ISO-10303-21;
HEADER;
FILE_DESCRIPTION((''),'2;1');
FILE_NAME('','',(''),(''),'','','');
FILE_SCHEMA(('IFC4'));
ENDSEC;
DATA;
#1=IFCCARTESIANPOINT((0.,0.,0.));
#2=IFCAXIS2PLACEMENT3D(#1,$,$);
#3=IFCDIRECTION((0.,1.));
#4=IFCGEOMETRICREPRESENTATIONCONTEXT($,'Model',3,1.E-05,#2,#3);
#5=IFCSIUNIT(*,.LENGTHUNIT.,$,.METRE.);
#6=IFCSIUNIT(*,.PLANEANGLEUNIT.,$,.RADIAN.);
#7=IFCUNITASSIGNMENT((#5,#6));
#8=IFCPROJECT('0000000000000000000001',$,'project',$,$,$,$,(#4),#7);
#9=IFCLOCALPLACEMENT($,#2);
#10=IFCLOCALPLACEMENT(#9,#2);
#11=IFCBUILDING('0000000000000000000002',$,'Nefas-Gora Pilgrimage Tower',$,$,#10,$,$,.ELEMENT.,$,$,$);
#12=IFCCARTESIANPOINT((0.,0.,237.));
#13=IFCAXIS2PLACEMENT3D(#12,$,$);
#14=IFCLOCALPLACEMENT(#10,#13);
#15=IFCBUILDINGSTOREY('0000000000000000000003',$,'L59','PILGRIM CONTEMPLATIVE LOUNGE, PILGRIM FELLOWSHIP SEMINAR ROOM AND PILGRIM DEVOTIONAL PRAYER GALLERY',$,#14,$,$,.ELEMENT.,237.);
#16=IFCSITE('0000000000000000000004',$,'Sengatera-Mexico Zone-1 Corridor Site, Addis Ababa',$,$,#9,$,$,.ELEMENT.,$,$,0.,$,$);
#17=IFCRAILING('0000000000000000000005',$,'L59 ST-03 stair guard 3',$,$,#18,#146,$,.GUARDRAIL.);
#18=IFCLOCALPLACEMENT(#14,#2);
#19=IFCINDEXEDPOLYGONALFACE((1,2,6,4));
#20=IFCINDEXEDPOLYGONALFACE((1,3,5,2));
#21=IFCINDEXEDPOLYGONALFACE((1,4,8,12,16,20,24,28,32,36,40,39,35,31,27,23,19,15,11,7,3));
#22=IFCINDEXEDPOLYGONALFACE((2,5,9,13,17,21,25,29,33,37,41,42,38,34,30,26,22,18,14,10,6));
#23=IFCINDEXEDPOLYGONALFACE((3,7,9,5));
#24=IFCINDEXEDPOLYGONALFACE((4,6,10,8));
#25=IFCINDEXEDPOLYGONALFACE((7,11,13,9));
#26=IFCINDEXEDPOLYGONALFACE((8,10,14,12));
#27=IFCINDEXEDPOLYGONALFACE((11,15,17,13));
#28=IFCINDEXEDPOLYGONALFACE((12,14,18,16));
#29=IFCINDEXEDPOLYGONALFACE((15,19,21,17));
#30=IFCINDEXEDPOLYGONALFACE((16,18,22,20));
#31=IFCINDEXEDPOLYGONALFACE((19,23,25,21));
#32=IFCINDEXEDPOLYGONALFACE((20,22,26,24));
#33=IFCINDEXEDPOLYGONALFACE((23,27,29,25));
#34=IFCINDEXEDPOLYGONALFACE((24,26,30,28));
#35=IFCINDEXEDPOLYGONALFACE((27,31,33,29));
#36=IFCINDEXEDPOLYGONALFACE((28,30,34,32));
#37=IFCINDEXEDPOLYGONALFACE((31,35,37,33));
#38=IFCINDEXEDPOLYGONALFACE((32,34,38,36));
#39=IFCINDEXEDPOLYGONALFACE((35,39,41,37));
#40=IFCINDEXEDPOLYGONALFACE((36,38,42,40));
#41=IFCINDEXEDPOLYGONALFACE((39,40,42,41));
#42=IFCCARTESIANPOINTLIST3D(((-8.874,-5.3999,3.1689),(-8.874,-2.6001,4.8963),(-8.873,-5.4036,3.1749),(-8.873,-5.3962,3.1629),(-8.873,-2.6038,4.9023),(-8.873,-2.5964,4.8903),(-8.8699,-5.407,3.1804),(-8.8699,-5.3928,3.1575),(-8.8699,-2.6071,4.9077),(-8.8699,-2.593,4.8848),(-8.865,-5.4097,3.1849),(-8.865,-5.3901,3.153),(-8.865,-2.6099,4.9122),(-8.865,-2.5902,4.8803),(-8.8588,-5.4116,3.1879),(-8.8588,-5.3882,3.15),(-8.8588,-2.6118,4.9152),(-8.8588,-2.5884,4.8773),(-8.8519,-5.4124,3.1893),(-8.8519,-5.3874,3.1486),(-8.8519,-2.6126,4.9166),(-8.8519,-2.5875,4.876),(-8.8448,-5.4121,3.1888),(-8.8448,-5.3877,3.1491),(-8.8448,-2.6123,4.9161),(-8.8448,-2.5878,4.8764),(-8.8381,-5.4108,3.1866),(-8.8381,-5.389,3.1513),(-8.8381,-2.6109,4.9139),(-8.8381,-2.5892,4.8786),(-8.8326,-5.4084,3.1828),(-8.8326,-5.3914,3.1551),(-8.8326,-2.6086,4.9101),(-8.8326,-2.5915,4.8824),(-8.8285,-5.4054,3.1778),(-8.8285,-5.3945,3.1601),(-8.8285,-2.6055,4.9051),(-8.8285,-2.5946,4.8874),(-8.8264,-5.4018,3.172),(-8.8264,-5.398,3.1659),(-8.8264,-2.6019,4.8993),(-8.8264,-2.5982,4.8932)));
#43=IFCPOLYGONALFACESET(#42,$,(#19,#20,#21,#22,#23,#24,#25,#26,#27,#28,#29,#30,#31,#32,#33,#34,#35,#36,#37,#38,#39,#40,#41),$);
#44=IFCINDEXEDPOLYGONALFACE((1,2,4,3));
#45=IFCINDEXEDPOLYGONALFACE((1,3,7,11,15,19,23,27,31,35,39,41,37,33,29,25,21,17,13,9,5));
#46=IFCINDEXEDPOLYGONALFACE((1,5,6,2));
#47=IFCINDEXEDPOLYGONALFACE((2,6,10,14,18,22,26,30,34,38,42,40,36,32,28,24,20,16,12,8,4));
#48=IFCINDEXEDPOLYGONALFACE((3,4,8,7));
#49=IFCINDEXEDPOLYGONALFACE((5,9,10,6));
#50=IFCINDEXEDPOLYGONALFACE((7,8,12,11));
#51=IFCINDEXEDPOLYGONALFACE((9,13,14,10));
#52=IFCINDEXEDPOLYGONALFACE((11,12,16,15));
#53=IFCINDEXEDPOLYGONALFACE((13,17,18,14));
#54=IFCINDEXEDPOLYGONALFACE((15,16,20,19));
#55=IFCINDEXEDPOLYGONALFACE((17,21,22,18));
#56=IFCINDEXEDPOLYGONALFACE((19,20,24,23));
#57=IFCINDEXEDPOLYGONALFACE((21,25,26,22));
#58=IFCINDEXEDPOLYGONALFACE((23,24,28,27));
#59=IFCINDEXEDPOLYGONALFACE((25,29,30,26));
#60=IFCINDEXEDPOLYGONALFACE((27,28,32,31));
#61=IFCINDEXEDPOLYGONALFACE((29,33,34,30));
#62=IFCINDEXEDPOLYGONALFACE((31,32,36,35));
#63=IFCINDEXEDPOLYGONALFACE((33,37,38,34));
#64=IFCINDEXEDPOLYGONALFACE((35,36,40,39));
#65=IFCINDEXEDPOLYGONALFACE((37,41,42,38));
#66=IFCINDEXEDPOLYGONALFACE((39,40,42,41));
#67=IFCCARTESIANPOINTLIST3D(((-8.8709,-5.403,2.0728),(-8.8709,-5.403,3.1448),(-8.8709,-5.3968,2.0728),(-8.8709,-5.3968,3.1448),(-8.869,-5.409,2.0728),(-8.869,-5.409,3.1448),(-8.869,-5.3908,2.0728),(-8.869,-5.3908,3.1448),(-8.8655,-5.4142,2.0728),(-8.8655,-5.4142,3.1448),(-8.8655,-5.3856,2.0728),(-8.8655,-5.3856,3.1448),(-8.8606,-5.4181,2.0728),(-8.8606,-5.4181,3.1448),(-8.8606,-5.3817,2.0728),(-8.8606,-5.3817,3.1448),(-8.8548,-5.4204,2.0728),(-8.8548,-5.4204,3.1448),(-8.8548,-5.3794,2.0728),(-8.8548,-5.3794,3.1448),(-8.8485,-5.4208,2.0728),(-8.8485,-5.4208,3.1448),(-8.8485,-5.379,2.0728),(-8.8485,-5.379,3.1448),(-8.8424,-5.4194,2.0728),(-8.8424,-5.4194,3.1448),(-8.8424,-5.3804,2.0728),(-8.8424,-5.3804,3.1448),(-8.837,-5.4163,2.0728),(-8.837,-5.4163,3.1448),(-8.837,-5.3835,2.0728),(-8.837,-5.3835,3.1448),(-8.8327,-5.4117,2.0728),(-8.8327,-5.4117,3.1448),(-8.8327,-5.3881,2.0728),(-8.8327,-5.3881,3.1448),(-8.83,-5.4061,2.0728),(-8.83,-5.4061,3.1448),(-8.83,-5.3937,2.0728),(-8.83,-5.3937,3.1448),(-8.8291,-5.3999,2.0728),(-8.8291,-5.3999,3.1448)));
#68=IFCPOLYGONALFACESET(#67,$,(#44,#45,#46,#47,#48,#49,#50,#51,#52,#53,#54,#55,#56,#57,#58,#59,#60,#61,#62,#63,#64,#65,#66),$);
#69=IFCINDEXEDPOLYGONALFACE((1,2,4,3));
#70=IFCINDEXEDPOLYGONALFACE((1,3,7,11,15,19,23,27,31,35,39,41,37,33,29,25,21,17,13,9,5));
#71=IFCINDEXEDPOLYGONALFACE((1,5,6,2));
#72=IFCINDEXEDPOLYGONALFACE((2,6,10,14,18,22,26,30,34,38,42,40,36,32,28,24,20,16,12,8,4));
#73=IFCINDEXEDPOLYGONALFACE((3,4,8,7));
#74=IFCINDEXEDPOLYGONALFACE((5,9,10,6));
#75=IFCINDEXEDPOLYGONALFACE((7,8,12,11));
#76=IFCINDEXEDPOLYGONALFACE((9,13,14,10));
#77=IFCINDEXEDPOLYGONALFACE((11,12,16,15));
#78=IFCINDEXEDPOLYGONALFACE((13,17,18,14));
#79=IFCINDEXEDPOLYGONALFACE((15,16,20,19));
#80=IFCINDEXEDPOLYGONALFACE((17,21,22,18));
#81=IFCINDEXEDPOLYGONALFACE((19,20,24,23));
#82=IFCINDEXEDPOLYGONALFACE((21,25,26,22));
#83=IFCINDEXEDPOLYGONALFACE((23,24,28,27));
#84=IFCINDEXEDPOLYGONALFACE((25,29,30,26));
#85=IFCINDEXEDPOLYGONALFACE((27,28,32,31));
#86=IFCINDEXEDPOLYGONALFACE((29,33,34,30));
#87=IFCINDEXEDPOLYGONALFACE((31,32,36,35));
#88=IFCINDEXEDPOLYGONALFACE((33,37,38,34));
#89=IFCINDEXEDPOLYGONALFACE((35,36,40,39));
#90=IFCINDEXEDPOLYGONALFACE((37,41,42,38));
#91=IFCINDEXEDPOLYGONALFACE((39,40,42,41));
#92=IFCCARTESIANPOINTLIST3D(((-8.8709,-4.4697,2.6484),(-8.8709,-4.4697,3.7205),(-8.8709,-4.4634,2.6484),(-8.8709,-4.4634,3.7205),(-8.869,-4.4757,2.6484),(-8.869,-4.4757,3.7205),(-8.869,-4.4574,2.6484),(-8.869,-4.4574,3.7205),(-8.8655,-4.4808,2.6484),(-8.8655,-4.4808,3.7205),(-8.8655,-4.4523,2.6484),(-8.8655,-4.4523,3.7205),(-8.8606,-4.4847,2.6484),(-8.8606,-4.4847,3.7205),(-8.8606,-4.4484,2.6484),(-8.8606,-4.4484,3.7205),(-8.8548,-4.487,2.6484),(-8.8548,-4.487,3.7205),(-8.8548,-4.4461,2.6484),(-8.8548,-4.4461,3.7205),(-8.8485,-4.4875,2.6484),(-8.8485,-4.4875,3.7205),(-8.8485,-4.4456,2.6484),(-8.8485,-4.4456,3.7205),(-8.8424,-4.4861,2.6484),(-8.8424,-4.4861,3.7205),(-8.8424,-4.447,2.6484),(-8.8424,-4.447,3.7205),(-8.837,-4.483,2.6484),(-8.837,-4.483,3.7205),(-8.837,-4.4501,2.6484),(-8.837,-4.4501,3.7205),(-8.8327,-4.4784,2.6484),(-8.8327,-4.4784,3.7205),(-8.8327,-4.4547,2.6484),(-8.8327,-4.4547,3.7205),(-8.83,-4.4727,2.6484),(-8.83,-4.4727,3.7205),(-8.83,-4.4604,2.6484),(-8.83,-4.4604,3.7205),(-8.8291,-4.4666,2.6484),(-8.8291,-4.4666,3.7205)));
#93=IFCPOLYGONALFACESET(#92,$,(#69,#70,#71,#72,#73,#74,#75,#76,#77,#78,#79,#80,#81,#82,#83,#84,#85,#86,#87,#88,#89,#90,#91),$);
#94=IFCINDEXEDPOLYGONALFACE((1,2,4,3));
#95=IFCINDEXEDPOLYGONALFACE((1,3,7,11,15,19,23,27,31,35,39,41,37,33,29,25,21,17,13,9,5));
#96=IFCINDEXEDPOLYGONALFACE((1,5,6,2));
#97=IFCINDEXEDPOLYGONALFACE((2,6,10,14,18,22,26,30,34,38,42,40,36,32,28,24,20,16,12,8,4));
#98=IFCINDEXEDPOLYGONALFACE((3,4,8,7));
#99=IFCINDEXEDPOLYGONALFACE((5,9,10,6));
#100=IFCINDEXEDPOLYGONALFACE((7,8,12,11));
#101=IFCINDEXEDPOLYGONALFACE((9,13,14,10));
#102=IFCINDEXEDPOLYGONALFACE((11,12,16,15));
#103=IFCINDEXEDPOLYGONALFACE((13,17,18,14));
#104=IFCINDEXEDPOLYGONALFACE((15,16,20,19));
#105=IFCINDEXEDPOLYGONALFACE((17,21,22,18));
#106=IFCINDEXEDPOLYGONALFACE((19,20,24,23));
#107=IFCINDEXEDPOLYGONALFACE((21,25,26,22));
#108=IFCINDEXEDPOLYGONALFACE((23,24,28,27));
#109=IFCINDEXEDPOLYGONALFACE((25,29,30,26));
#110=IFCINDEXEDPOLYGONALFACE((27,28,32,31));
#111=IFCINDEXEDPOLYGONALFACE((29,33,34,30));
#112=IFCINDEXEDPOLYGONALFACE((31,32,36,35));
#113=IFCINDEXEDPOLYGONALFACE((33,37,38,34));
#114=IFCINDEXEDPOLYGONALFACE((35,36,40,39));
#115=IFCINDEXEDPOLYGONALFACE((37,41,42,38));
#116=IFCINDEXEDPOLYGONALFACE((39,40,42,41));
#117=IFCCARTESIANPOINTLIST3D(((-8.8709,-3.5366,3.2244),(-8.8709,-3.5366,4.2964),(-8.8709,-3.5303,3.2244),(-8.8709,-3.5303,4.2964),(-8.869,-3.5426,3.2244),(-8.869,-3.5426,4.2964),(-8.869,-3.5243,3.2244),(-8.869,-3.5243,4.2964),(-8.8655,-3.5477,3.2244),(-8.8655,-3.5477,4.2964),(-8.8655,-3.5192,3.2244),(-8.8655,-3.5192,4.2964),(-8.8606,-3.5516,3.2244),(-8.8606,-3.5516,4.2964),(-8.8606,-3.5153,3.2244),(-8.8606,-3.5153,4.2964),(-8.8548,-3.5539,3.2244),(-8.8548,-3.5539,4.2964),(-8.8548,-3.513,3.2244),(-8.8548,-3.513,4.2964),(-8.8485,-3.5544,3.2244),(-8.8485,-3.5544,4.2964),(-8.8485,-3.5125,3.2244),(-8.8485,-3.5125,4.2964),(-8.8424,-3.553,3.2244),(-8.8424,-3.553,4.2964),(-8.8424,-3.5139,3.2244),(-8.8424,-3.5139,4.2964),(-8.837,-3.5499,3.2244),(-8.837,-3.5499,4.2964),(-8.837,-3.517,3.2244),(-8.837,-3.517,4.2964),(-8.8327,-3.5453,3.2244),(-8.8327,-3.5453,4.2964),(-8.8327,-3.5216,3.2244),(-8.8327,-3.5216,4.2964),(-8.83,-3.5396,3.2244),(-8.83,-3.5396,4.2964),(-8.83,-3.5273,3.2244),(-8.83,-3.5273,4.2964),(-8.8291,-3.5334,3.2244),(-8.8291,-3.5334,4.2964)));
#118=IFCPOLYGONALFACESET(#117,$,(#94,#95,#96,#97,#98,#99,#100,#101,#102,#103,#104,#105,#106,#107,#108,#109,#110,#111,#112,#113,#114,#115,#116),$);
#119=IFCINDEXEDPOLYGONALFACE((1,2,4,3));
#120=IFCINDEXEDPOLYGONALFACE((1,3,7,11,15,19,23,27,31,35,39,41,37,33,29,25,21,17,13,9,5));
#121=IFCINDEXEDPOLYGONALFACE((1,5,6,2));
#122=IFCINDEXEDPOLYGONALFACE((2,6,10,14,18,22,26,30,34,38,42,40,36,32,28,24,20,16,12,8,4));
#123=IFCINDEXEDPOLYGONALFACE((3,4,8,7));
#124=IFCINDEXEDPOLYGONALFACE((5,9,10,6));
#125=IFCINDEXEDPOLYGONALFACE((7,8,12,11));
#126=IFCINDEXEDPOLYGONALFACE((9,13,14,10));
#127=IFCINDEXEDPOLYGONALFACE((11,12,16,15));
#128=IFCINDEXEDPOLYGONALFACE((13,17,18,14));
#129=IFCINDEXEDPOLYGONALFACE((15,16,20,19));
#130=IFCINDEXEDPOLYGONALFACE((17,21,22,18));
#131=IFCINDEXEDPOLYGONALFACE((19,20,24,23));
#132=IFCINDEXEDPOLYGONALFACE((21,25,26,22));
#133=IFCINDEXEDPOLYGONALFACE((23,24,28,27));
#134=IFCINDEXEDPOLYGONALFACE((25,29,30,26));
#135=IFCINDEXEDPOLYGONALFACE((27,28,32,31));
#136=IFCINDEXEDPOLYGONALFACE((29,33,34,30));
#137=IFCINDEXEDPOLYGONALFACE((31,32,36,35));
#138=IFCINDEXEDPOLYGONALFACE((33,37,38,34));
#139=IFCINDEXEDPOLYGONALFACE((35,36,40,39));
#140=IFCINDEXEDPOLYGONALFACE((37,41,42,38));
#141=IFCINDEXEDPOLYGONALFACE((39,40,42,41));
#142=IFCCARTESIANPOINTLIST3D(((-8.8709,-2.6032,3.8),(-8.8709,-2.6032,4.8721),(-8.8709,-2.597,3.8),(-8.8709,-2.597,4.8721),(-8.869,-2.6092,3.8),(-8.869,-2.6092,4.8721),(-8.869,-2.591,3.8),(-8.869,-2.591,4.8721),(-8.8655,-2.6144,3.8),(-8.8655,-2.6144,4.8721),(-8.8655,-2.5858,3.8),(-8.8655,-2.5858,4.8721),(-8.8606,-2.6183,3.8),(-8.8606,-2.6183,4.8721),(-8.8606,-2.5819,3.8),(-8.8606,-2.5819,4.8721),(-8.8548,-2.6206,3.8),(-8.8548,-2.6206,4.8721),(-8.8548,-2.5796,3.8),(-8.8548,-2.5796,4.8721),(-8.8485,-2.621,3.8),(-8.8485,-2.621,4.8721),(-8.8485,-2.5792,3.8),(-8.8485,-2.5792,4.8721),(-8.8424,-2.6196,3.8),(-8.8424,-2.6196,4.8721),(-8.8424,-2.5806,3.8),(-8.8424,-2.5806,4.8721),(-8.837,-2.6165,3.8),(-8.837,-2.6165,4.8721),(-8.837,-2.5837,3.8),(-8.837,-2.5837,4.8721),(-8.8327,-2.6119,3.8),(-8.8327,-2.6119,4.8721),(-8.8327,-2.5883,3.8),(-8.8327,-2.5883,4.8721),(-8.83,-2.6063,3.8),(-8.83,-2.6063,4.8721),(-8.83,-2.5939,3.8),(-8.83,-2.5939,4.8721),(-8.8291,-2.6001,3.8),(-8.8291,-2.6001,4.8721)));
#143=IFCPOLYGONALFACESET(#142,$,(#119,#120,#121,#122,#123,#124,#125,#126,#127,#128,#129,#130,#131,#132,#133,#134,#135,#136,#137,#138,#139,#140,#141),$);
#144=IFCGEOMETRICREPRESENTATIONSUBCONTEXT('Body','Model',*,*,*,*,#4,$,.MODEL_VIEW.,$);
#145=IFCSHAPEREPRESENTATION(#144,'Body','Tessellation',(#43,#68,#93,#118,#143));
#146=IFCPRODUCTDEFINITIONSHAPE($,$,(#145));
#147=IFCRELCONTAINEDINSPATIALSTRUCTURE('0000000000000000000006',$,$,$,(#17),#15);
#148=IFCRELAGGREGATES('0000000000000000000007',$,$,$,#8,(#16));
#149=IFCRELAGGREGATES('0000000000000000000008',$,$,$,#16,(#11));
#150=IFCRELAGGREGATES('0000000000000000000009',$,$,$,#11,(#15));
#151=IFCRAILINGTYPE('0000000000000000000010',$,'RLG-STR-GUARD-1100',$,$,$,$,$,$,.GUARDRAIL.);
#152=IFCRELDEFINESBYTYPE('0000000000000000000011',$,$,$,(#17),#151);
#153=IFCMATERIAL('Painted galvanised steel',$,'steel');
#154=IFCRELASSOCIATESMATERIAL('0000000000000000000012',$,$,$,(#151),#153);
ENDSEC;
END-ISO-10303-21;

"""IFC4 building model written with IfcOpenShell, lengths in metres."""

from ifc_helpers import new_model, si_unit, direction, frame, origin, origin_2d, place, context, subcontext, project, spatial, circle, extrude, material, type_object, element, save


model = new_model("IFC4")

# Units and contexts
model_context = context("Model", 3, precision=1e-05, world=origin(), true_north=direction((0.0, 1.0)))
body_context = subcontext(model_context, "Body", "Model", "MODEL_VIEW")
ifc_project = project(units=[si_unit("LENGTHUNIT", "METRE"), si_unit("PLANEANGLEUNIT", "RADIAN")], contexts=[model_context])

# Site, building, storey
site_placement = place(None, origin())
site = spatial("IfcSite", under=ifc_project, at=site_placement, Name="Sengatera-Mexico Zone-1 Corridor Site, Addis Ababa", CompositionType="ELEMENT", RefElevation=0.0)
building_placement = place(site_placement, origin())
building = spatial("IfcBuilding", under=site, at=building_placement, Name="Nefas-Gora Pilgrimage Tower", CompositionType="ELEMENT")
storey_placement = place(building_placement, frame((0.0, 0.0, 237.0)))
storey = spatial("IfcBuildingStorey", under=building, at=storey_placement, Name="L59", Description="PILGRIM CONTEMPLATIVE LOUNGE, PILGRIM FELLOWSHIP SEMINAR ROOM AND PILGRIM DEVOTIONAL PRAYER GALLERY", CompositionType="ELEMENT", Elevation=237.0)

# Railing
ifc_material_1 = material(Name="Painted galvanised steel", Category="steel")
railing_type_1 = type_object("IfcRailingType", Name="RLG-STR-GUARD-1100", PredefinedType="GUARDRAIL", material=ifc_material_1)
railing_1_placement = place(storey_placement, frame((-8.8501, -5.3999, 2.0728)))
element("IfcRailing", 1, at=railing_1_placement, inside=storey, type_object=railing_type_1, Name="L59 ST-03 stair guard 3", PredefinedType="GUARDRAIL", context=body_context, shape_type="SweptSolid", body=[
    extrude(circle(Radius=0.0239, at=origin_2d()), frame((0.0, 0.0, 1.0962), z_axis=(0.0, 0.851069, 0.525054), x_axis=(-1.0, 0.0, 0.0)), (0.0, 0.0, 1.0), 3.2898),
    extrude(circle(Radius=0.021, at=origin_2d()), origin(), (0.0, 0.0, 1.0), 1.072),
    extrude(circle(Radius=0.021, at=origin_2d()), frame((0.0, 0.9333, 0.5757)), (0.0, 0.0, 1.0), 1.072),
    extrude(circle(Radius=0.021, at=origin_2d()), frame((0.0, 1.8665, 1.1516)), (0.0, 0.0, 1.0), 1.072),
    extrude(circle(Radius=0.021, at=origin_2d()), frame((0.0, 2.7998, 1.7273)), (0.0, 0.0, 1.0), 1.072),
])

save(model, "model.ifc")
